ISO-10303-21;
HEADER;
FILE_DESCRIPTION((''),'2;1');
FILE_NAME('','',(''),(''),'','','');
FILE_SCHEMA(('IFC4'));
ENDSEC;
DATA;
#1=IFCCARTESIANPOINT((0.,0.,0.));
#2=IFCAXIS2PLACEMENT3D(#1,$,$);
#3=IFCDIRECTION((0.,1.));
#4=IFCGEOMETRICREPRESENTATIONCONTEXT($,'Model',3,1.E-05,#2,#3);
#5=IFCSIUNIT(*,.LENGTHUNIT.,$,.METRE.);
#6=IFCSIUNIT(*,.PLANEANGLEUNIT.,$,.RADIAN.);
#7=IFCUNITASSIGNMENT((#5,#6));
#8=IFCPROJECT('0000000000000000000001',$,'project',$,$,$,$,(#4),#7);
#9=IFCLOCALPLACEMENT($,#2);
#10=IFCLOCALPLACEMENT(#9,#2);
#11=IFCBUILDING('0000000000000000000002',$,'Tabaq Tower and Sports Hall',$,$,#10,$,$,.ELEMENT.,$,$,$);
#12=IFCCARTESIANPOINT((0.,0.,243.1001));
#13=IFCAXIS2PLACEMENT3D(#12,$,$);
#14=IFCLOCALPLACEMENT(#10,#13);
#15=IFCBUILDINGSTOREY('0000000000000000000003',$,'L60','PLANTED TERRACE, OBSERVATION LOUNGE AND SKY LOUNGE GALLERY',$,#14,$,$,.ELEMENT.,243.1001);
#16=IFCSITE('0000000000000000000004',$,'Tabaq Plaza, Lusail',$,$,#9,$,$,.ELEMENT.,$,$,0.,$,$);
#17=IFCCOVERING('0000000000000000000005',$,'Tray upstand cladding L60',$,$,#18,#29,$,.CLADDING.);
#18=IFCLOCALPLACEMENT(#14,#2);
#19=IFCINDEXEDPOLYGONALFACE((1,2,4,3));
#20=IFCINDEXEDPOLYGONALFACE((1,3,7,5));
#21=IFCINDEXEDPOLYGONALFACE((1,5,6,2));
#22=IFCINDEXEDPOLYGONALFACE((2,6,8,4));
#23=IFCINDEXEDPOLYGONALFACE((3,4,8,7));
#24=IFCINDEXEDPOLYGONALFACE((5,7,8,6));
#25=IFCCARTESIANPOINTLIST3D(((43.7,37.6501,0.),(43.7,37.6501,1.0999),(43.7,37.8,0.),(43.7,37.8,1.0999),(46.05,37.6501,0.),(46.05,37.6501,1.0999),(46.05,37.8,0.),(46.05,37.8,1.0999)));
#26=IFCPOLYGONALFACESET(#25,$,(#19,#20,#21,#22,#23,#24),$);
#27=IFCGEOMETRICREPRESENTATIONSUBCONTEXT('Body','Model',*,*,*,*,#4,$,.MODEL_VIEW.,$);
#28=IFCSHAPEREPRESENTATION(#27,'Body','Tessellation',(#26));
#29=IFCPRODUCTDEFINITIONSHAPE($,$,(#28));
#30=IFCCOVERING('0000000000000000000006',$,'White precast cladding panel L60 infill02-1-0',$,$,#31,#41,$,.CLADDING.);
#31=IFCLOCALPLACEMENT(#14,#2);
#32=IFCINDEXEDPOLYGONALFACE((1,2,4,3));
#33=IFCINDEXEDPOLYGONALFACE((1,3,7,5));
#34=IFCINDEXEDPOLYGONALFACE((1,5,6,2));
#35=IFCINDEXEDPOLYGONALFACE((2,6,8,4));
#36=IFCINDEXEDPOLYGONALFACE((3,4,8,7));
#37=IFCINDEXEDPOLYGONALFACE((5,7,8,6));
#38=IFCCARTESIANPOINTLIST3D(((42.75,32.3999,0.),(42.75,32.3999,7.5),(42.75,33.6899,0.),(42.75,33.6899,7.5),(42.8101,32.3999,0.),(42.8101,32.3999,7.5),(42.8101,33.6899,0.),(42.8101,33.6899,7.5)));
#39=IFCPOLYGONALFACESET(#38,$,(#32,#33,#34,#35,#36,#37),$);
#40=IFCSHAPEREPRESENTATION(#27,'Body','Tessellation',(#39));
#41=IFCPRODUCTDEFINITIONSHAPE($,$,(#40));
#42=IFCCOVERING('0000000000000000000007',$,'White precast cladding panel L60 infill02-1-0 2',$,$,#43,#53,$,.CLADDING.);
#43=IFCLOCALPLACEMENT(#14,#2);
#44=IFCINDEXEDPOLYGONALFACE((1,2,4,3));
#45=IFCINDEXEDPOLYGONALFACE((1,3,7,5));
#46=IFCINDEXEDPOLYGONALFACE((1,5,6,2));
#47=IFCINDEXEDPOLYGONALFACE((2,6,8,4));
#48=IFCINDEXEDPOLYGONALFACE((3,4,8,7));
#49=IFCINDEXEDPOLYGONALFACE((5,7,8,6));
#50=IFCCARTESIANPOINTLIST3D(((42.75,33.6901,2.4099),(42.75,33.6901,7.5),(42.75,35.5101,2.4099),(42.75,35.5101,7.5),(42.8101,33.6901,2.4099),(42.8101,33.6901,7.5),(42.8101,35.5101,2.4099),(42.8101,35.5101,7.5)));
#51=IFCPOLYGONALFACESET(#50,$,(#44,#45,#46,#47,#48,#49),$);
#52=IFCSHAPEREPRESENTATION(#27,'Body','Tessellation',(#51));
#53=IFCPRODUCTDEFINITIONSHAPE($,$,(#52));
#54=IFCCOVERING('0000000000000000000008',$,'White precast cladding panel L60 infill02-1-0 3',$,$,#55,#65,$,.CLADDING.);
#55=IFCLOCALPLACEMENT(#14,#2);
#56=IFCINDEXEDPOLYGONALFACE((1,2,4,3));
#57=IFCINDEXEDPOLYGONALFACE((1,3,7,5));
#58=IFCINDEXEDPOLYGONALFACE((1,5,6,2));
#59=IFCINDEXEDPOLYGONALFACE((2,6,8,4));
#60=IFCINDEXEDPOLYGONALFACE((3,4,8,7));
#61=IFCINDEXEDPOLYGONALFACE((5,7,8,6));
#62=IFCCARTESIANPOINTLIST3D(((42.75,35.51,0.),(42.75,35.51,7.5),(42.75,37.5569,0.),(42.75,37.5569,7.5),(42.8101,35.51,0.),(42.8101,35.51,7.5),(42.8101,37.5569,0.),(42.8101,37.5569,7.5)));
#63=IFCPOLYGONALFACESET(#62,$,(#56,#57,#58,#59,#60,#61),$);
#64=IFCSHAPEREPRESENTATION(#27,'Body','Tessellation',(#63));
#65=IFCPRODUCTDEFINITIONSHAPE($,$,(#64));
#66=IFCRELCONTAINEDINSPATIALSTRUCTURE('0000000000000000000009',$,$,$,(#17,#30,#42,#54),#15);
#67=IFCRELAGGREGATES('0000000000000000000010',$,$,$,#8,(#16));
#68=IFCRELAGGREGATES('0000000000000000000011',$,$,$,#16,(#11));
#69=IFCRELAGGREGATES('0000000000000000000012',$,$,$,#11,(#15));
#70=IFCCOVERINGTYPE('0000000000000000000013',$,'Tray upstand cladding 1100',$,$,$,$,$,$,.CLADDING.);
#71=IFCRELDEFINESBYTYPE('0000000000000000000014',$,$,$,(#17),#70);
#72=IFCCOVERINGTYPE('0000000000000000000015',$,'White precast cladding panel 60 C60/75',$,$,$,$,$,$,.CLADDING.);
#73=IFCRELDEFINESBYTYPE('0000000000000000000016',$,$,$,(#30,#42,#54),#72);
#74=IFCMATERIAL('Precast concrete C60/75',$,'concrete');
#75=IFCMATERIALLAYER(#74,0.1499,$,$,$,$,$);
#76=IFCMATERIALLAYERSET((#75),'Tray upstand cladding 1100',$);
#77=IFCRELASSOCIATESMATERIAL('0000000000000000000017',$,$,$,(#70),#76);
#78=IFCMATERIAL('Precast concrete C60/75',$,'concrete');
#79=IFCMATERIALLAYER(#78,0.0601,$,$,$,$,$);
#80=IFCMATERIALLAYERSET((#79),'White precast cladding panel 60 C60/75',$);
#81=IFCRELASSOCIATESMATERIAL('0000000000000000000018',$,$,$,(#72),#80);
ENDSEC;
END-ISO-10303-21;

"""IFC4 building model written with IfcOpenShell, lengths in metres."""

from ifc_helpers import new_model, si_unit, direction, frame, frame_2d, origin, place, context, subcontext, project, spatial, rectangle, extrude, material, layer, layer_set, type_object, element, save


model = new_model("IFC4")

# Units and contexts
model_context = context("Model", 3, precision=1e-05, world=origin(), true_north=direction((0.0, 1.0)))
body_context = subcontext(model_context, "Body", "Model", "MODEL_VIEW")
ifc_project = project(units=[si_unit("LENGTHUNIT", "METRE"), si_unit("PLANEANGLEUNIT", "RADIAN")], contexts=[model_context])

# Site, building, storey
site_placement = place(None, origin())
site = spatial("IfcSite", under=ifc_project, at=site_placement, Name="Tabaq Plaza, Lusail", CompositionType="ELEMENT", RefElevation=0.0)
building_placement = place(site_placement, origin())
building = spatial("IfcBuilding", under=site, at=building_placement, Name="Tabaq Tower and Sports Hall", CompositionType="ELEMENT")
storey_placement = place(building_placement, frame((0.0, 0.0, 243.1001)))
storey = spatial("IfcBuildingStorey", under=building, at=storey_placement, Name="L60", Description="PLANTED TERRACE, OBSERVATION LOUNGE AND SKY LOUNGE GALLERY", CompositionType="ELEMENT", Elevation=243.1001)

# Coverings
ifc_material_1 = material(Name="Precast concrete C60/75", Category="concrete")
ifc_layer_1 = layer(ifc_material_1, 0.1499)
ifc_layer_set_1 = layer_set([ifc_layer_1], Name="Tray upstand cladding 1100")
covering_type_1 = type_object("IfcCoveringType", Name="Tray upstand cladding 1100", PredefinedType="CLADDING", material=ifc_layer_set_1)
covering_1_placement = place(storey_placement, frame((43.7, 37.7251, 0.0), z_axis=(0.0, 0.0, 1.0), x_axis=(1.0, 0.0, 0.0)))
element("IfcCovering", 1, at=covering_1_placement, inside=storey, type_object=covering_type_1, Name="Tray upstand cladding L60", PredefinedType="CLADDING", context=body_context, shape_type="SweptSolid", body=[
    extrude(rectangle(XDim=2.3501, YDim=0.1499, at=frame_2d((1.175, 0.0))), origin(), (0.0, 0.0, 1.0), 1.0999),
])
ifc_material_2 = material(Name="Precast concrete C60/75", Category="concrete")
ifc_layer_2 = layer(ifc_material_2, 0.0601)
ifc_layer_set_2 = layer_set([ifc_layer_2], Name="White precast cladding panel 60 C60/75")
covering_type_2 = type_object("IfcCoveringType", Name="White precast cladding panel 60 C60/75", PredefinedType="CLADDING", material=ifc_layer_set_2)
covering_2_placement = place(storey_placement, frame((42.78, 32.3999, 0.0), z_axis=(0.0, 0.0, 1.0), x_axis=(0.0, 1.0, 0.0)))
element("IfcCovering", 2, at=covering_2_placement, inside=storey, type_object=covering_type_2, Name="White precast cladding panel L60 infill02-1-0", PredefinedType="CLADDING", context=body_context, shape_type="SweptSolid", body=[
    extrude(rectangle(XDim=1.29, YDim=0.0601, at=frame_2d((0.645, 0.0))), origin(), (0.0, 0.0, 1.0), 7.5),
])
covering_3_placement = place(storey_placement, frame((42.78, 33.6899, 2.4099), z_axis=(0.0, 0.0, 1.0), x_axis=(0.0, 1.0, 0.0)))
element("IfcCovering", 3, at=covering_3_placement, inside=storey, type_object=covering_type_2, Name="White precast cladding panel L60 infill02-1-0 2", PredefinedType="CLADDING", context=body_context, shape_type="SweptSolid", body=[
    extrude(rectangle(XDim=1.8201, YDim=0.0601, at=frame_2d((0.9102, 0.0))), origin(), (0.0, 0.0, 1.0), 5.0901),
])
covering_4_placement = place(storey_placement, frame((42.78, 35.51, 0.0), z_axis=(0.0, 0.0, 1.0), x_axis=(0.0, 1.0, 0.0)))
element("IfcCovering", 4, at=covering_4_placement, inside=storey, type_object=covering_type_2, Name="White precast cladding panel L60 infill02-1-0 3", PredefinedType="CLADDING", context=body_context, shape_type="SweptSolid", body=[
    extrude(rectangle(XDim=2.0469, YDim=0.0601, at=frame_2d((1.0234, 0.0))), origin(), (0.0, 0.0, 1.0), 7.5),
])

save(model, "model.ifc")
